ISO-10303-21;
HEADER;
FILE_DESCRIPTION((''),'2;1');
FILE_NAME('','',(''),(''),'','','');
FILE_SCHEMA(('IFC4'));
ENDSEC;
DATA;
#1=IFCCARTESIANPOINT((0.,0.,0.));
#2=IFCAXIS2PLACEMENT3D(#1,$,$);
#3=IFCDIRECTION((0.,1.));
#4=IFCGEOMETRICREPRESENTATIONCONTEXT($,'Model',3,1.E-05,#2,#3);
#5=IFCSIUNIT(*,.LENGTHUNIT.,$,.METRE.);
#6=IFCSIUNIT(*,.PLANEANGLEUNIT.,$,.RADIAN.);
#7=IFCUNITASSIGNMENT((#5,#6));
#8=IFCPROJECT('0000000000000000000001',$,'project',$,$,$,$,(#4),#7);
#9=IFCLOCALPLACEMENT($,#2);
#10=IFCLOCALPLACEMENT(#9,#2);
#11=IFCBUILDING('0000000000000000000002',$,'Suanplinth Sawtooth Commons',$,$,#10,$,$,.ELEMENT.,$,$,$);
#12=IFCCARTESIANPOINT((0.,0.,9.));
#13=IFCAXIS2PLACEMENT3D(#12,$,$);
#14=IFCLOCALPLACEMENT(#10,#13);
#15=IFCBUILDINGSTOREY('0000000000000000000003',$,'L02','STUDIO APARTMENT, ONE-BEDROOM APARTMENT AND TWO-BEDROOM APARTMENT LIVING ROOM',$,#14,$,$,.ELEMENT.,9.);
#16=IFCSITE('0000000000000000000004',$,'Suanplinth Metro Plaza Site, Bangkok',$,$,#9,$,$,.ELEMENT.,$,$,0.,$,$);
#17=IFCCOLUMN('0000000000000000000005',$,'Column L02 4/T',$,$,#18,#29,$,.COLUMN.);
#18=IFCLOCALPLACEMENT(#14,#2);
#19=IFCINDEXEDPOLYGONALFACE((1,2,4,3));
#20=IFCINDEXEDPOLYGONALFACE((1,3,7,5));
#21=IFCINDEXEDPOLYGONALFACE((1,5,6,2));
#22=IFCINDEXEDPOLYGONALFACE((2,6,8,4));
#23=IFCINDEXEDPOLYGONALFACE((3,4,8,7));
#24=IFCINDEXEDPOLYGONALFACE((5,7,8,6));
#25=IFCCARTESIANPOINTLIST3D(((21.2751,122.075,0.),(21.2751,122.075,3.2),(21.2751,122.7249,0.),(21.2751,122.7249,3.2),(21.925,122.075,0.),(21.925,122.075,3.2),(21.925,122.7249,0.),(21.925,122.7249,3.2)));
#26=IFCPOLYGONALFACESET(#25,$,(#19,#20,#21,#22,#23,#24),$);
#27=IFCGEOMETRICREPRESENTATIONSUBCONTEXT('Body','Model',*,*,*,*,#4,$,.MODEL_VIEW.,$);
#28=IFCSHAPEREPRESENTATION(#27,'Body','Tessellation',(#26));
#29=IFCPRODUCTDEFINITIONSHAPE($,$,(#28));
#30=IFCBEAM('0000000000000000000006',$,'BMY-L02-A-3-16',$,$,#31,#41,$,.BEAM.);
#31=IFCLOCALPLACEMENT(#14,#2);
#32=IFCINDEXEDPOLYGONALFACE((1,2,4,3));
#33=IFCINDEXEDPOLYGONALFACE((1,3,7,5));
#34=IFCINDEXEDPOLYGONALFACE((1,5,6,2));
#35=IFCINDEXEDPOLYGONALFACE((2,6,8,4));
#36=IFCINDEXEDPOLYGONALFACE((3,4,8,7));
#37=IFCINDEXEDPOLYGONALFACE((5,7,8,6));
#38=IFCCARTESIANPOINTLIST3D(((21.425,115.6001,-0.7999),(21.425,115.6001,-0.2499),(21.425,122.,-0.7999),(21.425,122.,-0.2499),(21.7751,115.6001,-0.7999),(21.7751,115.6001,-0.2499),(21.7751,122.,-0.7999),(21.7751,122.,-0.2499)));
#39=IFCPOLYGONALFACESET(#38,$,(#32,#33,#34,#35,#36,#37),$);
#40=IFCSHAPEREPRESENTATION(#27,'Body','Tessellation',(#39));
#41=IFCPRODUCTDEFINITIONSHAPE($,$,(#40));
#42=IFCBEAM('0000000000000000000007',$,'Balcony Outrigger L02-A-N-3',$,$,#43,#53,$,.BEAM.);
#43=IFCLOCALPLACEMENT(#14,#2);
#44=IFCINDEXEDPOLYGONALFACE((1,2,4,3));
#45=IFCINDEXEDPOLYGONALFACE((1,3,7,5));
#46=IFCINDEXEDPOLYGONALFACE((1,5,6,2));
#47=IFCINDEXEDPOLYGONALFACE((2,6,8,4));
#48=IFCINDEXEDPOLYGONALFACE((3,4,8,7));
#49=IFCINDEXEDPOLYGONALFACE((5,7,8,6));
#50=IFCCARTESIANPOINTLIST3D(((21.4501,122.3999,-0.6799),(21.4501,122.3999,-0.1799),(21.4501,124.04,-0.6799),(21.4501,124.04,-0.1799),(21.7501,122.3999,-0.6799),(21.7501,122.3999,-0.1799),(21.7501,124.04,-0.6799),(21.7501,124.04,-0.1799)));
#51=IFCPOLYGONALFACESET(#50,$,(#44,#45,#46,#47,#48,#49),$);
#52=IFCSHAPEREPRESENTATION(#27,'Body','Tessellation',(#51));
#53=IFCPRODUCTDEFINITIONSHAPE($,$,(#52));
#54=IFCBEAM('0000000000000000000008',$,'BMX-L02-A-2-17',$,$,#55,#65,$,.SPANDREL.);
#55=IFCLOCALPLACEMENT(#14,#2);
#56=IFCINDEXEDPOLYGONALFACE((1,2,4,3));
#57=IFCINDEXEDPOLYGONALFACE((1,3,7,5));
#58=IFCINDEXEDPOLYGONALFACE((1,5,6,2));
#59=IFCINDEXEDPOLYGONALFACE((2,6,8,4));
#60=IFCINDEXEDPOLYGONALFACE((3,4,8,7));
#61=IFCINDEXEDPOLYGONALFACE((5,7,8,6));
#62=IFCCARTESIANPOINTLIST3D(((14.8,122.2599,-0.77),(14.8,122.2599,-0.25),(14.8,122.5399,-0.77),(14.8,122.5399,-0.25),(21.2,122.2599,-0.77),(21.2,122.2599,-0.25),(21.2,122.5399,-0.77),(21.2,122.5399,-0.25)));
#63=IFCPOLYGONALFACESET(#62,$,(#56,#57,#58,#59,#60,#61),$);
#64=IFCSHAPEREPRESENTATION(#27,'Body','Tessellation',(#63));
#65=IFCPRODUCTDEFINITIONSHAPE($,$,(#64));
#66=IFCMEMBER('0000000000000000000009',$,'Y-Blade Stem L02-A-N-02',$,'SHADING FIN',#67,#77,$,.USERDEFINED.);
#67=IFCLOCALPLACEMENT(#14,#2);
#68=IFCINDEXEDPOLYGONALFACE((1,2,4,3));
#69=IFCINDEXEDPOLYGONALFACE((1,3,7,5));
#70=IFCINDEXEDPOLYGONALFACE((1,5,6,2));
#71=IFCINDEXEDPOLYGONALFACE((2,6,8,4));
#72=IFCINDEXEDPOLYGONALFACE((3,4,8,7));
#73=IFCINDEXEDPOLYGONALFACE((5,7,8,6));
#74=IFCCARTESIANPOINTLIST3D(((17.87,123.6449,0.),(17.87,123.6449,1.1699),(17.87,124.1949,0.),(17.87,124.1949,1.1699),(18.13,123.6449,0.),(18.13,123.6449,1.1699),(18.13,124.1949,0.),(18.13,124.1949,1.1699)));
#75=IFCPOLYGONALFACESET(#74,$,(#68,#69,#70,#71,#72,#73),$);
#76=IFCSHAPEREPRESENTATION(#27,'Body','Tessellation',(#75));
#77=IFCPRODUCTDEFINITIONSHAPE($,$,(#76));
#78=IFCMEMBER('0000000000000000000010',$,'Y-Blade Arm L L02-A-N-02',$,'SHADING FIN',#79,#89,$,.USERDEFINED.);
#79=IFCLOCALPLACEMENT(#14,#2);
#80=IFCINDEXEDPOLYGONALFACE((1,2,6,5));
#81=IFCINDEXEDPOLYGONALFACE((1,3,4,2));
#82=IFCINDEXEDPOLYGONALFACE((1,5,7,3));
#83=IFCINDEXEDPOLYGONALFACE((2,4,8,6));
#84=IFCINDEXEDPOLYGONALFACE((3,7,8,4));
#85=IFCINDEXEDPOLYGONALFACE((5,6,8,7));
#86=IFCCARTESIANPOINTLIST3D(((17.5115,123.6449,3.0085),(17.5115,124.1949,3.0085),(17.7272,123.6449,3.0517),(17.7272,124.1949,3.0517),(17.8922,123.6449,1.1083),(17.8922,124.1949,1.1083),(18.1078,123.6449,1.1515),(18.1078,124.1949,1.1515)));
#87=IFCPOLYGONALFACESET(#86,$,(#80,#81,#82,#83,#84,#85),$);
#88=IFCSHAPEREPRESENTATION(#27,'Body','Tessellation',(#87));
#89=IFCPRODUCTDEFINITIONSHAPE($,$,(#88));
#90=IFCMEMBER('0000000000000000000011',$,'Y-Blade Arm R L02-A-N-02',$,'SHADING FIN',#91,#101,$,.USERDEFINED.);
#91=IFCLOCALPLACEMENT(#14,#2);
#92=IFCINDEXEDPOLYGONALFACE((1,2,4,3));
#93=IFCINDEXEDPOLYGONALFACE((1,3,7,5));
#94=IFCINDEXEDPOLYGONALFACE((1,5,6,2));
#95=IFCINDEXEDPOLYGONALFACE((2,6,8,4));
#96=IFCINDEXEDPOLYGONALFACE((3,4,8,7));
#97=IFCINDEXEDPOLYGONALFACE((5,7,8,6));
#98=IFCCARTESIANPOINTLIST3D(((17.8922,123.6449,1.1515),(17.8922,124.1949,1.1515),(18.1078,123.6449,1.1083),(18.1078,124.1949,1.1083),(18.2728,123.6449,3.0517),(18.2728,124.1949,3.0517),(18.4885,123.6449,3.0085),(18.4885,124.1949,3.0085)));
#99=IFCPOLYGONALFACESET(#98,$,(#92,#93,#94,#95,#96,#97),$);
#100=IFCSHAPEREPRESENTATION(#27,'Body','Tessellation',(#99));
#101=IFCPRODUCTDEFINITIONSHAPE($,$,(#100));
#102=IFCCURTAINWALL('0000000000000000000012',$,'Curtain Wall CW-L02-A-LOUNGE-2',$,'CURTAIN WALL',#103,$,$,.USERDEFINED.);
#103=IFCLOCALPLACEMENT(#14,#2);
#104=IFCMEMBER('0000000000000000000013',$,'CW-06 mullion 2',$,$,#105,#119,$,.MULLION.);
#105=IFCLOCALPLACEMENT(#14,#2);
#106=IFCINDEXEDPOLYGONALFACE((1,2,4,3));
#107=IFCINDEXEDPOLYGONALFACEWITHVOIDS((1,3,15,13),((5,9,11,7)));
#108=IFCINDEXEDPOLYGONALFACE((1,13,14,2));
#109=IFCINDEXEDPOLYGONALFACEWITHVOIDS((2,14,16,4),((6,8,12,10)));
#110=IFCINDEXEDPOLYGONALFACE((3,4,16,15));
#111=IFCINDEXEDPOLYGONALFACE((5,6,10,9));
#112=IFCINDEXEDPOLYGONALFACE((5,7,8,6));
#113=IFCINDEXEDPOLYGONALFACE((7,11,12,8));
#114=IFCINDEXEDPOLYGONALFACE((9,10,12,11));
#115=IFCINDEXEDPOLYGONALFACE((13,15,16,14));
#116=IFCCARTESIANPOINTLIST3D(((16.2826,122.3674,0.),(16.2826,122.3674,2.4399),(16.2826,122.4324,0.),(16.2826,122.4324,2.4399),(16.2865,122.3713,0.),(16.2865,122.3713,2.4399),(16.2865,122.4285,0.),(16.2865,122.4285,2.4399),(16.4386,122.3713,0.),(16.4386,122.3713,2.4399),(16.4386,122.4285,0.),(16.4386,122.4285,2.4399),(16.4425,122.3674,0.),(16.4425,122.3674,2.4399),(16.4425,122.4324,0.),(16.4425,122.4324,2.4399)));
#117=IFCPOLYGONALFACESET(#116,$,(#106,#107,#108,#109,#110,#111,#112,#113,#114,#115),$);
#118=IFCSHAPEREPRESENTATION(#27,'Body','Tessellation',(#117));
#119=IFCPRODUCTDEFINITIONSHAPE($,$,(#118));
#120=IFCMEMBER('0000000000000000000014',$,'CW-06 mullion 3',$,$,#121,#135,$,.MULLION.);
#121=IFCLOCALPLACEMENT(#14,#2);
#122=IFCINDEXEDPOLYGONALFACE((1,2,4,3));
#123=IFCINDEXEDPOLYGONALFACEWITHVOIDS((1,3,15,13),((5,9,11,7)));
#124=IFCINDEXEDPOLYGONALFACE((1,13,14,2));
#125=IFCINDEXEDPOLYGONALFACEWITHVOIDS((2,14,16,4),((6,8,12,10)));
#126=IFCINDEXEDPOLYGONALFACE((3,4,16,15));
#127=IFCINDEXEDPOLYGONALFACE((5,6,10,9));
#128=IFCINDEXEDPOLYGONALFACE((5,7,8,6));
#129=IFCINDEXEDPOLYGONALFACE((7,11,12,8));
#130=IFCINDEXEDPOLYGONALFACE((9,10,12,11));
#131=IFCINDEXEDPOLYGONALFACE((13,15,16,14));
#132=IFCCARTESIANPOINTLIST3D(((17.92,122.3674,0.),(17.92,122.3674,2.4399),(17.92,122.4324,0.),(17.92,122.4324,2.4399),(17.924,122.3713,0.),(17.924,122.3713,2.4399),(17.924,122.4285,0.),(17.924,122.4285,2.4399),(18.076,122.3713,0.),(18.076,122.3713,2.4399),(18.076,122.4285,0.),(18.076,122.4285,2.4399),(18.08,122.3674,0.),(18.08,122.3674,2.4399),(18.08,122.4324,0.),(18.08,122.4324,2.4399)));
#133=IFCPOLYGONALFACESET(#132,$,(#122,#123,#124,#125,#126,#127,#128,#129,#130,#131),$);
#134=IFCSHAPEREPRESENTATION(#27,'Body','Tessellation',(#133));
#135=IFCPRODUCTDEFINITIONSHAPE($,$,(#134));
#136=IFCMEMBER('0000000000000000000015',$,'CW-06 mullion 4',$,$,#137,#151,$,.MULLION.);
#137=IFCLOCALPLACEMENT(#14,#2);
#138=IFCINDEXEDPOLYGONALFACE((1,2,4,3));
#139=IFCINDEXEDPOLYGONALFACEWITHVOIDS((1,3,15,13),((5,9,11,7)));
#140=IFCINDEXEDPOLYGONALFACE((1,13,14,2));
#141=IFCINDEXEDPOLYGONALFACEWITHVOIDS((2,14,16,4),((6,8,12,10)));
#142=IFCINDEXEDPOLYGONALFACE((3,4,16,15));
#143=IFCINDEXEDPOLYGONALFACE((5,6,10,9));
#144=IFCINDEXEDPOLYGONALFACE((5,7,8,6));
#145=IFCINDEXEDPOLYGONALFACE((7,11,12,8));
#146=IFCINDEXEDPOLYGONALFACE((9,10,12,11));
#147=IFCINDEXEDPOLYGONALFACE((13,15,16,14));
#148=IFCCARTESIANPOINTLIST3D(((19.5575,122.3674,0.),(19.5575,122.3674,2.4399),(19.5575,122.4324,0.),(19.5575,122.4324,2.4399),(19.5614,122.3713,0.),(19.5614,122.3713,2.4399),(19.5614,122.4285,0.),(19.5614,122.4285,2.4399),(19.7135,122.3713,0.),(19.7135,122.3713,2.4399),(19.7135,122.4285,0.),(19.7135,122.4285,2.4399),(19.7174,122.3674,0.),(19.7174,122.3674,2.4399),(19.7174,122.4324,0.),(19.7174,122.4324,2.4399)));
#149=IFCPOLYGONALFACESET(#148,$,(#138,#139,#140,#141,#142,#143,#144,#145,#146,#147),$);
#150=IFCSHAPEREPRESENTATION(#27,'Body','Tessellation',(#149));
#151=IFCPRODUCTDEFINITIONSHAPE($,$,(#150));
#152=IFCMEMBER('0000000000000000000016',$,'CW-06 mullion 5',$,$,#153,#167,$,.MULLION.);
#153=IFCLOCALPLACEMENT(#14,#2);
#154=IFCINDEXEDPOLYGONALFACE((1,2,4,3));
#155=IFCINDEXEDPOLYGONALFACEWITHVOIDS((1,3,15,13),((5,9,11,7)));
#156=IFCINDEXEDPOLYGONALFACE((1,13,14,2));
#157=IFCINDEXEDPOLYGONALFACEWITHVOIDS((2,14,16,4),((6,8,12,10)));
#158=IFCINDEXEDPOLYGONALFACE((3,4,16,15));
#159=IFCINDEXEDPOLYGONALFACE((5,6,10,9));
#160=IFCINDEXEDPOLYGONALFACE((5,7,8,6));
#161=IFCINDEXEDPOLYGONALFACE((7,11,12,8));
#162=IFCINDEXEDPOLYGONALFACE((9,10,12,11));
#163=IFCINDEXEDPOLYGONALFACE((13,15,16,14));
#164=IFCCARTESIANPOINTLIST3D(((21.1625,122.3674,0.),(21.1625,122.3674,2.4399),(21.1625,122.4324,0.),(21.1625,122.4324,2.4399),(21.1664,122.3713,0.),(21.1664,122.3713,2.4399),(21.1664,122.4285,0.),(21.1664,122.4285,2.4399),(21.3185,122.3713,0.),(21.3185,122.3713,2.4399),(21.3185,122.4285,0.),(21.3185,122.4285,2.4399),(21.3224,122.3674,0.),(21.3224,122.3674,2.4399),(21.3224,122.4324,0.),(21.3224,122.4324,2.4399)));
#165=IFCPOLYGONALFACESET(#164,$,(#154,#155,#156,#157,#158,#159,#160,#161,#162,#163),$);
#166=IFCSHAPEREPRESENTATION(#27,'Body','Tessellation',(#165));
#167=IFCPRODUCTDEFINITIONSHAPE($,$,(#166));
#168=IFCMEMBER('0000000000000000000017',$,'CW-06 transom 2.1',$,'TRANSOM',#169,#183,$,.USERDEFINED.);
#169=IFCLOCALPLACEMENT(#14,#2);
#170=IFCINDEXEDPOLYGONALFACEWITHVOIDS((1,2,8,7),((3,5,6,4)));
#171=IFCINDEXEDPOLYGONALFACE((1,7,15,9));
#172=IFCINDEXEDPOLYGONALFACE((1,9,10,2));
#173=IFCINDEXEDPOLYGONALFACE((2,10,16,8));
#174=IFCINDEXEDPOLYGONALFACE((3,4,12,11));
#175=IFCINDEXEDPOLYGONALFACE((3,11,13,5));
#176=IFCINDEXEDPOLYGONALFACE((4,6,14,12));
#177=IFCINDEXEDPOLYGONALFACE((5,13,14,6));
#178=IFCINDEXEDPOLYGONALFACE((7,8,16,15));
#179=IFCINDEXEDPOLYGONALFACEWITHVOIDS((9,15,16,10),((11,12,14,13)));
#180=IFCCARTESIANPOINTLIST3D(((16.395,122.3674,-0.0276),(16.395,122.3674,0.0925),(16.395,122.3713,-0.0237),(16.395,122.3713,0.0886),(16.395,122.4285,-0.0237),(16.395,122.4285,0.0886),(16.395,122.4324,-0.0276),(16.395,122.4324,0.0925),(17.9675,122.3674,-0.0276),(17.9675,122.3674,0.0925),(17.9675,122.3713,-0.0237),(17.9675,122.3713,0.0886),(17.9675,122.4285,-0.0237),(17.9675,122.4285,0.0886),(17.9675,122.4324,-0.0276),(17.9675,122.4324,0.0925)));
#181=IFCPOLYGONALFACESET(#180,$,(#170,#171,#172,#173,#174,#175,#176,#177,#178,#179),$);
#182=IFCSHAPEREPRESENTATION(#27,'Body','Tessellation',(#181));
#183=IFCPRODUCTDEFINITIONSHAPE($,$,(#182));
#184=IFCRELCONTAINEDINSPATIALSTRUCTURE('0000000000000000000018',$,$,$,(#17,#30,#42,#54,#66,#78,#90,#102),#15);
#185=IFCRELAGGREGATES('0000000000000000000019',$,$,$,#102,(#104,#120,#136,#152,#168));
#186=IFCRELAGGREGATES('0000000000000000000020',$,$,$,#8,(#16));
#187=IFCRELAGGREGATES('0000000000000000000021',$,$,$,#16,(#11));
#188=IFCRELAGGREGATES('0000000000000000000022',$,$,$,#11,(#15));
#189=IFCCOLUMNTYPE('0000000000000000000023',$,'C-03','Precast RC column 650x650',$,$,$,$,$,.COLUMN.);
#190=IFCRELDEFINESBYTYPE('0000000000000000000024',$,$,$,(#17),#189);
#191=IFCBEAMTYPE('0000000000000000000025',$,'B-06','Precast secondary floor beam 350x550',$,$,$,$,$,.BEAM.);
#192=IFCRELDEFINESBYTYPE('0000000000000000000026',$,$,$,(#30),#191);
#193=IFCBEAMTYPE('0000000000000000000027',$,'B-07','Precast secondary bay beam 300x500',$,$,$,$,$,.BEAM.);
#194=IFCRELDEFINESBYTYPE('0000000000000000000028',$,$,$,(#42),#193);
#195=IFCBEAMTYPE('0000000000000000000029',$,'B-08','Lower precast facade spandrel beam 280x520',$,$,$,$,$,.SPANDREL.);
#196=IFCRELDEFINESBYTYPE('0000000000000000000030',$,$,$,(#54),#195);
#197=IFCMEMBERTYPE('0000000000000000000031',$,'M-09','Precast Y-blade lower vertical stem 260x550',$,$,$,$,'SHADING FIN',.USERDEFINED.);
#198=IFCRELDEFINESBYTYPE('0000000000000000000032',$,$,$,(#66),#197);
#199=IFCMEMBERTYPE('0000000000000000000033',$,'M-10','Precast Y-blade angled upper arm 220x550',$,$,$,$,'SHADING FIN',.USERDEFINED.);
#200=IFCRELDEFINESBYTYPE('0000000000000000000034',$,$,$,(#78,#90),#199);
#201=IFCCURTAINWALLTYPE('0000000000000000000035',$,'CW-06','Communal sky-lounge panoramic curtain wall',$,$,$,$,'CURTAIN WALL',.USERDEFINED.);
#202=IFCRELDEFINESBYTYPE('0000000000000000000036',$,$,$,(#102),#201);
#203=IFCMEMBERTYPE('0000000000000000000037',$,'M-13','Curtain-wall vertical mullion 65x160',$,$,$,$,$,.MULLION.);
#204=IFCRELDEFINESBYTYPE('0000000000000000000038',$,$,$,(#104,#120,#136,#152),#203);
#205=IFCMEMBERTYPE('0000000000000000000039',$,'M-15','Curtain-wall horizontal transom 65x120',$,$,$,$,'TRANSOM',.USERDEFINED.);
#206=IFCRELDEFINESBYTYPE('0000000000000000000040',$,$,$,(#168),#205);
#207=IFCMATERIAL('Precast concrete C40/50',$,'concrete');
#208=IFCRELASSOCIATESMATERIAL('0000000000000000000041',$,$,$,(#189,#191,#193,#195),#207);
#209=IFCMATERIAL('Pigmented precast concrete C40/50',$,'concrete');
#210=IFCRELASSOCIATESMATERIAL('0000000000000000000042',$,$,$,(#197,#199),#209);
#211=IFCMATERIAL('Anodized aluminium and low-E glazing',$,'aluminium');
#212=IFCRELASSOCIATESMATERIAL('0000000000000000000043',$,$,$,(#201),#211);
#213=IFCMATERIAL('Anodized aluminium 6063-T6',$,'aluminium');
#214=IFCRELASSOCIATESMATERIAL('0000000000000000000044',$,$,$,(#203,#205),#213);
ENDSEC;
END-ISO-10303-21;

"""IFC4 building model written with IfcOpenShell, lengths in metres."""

from ifc_helpers import new_model, si_unit, direction, frame, origin, origin_2d, place, context, subcontext, project, spatial, rectangle, hollow_rectangle, extrude, material, material_profile, profile_set, type_object, element, aggregate, save


model = new_model("IFC4")

# Units and contexts
model_context = context("Model", 3, precision=1e-05, world=origin(), true_north=direction((0.0, 1.0)))
body_context = subcontext(model_context, "Body", "Model", "MODEL_VIEW")
ifc_project = project(units=[si_unit("LENGTHUNIT", "METRE"), si_unit("PLANEANGLEUNIT", "RADIAN")], contexts=[model_context])

# Site, building, storey
site_placement = place(None, origin())
site = spatial("IfcSite", under=ifc_project, at=site_placement, Name="Suanplinth Metro Plaza Site, Bangkok", CompositionType="ELEMENT", RefElevation=0.0)
building_placement = place(site_placement, origin())
building = spatial("IfcBuilding", under=site, at=building_placement, Name="Suanplinth Sawtooth Commons", CompositionType="ELEMENT")
storey_placement = place(building_placement, frame((0.0, 0.0, 9.0)))
storey = spatial("IfcBuildingStorey", under=building, at=storey_placement, Name="L02", Description="STUDIO APARTMENT, ONE-BEDROOM APARTMENT AND TWO-BEDROOM APARTMENT LIVING ROOM", CompositionType="ELEMENT", Elevation=9.0)

# Column
ifc_material_1 = material(Name="Precast concrete C40/50", Category="concrete")
ifc_material_profile_1 = material_profile(ifc_material_1, rectangle(XDim=0.6499, YDim=0.6499, at=origin_2d()), Name="PC-COL 650x650")
ifc_profile_set_1 = profile_set([ifc_material_profile_1], Name="Precast concrete C40/50")
column_type = type_object("IfcColumnType", Name="C-03", Description="Precast RC column 650x650", PredefinedType="COLUMN", material=ifc_profile_set_1)
column_placement = place(storey_placement, frame((21.6001, 122.3999, 0.0), z_axis=(0.0, 0.0, 1.0), x_axis=(1.0, 0.0, 0.0)))
element("IfcColumn", 1, at=column_placement, inside=storey, type_object=column_type, Name="Column L02 4/T", PredefinedType="COLUMN", context=body_context, shape_type="SweptSolid", body=[
    extrude(rectangle(XDim=0.6499, YDim=0.6499, at=origin_2d()), origin(), (0.0, 0.0, 1.0), 3.2),
])

# Beams
ifc_material_profile_2 = material_profile(ifc_material_1, rectangle(XDim=0.3501, YDim=0.55, at=origin_2d()), Name="PC-BM 350x550")
ifc_profile_set_2 = profile_set([ifc_material_profile_2], Name="Precast concrete C40/50")
beam_type_1 = type_object("IfcBeamType", Name="B-06", Description="Precast secondary floor beam 350x550", PredefinedType="BEAM", material=ifc_profile_set_2)
beam_1_placement = place(storey_placement, frame((21.6001, 115.6001, -0.5249), z_axis=(0.0, 1.0, 0.0), x_axis=(-1.0, 0.0, 0.0)))
element("IfcBeam", 2, at=beam_1_placement, inside=storey, type_object=beam_type_1, Name="BMY-L02-A-3-16", PredefinedType="BEAM", context=body_context, shape_type="SweptSolid", body=[
    extrude(rectangle(XDim=0.3501, YDim=0.55, at=origin_2d()), origin(), (0.0, 0.0, 1.0), 6.3999),
])
ifc_material_profile_3 = material_profile(ifc_material_1, rectangle(XDim=0.3, YDim=0.5, at=origin_2d()), Name="PC-BM 300x500")
ifc_profile_set_3 = profile_set([ifc_material_profile_3], Name="Precast concrete C40/50")
beam_type_2 = type_object("IfcBeamType", Name="B-07", Description="Precast secondary bay beam 300x500", PredefinedType="BEAM", material=ifc_profile_set_3)
beam_2_placement = place(storey_placement, frame((21.6001, 122.3999, -0.4299), z_axis=(0.0, 1.0, 0.0), x_axis=(-1.0, 0.0, 0.0)))
element("IfcBeam", 3, at=beam_2_placement, inside=storey, type_object=beam_type_2, Name="Balcony Outrigger L02-A-N-3", PredefinedType="BEAM", context=body_context, shape_type="SweptSolid", body=[
    extrude(rectangle(XDim=0.3, YDim=0.5, at=origin_2d()), origin(), (0.0, 0.0, 1.0), 1.6401),
])
ifc_material_profile_4 = material_profile(ifc_material_1, rectangle(XDim=0.28, YDim=0.52, at=origin_2d()), Name="PC-SP 280x520")
ifc_profile_set_4 = profile_set([ifc_material_profile_4], Name="Precast concrete C40/50")
beam_type_3 = type_object("IfcBeamType", Name="B-08", Description="Lower precast facade spandrel beam 280x520", PredefinedType="SPANDREL", material=ifc_profile_set_4)
beam_3_placement = place(storey_placement, frame((14.8, 122.3999, -0.51), z_axis=(1.0, 0.0, 0.0), x_axis=(0.0, 1.0, 0.0)))
element("IfcBeam", 4, at=beam_3_placement, inside=storey, type_object=beam_type_3, Name="BMX-L02-A-2-17", PredefinedType="SPANDREL", context=body_context, shape_type="SweptSolid", body=[
    extrude(rectangle(XDim=0.28, YDim=0.52, at=origin_2d()), origin(), (0.0, 0.0, 1.0), 6.3999),
])

# Members
ifc_material_2 = material(Name="Pigmented precast concrete C40/50", Category="concrete")
ifc_material_profile_5 = material_profile(ifc_material_2, rectangle(XDim=0.26, YDim=0.55, at=origin_2d()), Name="PC-FIN 260x550")
ifc_profile_set_5 = profile_set([ifc_material_profile_5], Name="Pigmented precast concrete C40/50")
member_type_1 = type_object("IfcMemberType", Name="M-09", Description="Precast Y-blade lower vertical stem 260x550", ElementType="SHADING FIN", PredefinedType="USERDEFINED", material=ifc_profile_set_5)
member_1_placement = place(storey_placement, frame((18.0, 123.9199, 0.0), z_axis=(0.0, 0.0, 1.0), x_axis=(1.0, 0.0, 0.0)))
element("IfcMember", 5, at=member_1_placement, inside=storey, type_object=member_type_1, Name="Y-Blade Stem L02-A-N-02", ObjectType="SHADING FIN", PredefinedType="USERDEFINED", context=body_context, shape_type="SweptSolid", body=[
    extrude(rectangle(XDim=0.26, YDim=0.55, at=origin_2d()), origin(), (0.0, 0.0, 1.0), 1.1699),
])
ifc_material_profile_6 = material_profile(ifc_material_2, rectangle(XDim=0.22, YDim=0.55, at=origin_2d()), Name="PC-FIN 220x550")
ifc_profile_set_6 = profile_set([ifc_material_profile_6], Name="Pigmented precast concrete C40/50")
member_type_2 = type_object("IfcMemberType", Name="M-10", Description="Precast Y-blade angled upper arm 220x550", ElementType="SHADING FIN", PredefinedType="USERDEFINED", material=ifc_profile_set_6)
for number, where, z_axis, x_axis, name in (
    (6, (18.0, 123.9199, 1.1299), (-0.196407, 0.0, 0.980522), (0.980522, 0.0, 0.196407), "Y-Blade Arm L L02-A-N-02"),
    (7, (18.0, 123.9199, 1.1299), (0.196407, 0.0, 0.980522), (-0.980522, 0.0, 0.196407), "Y-Blade Arm R L02-A-N-02"),
):
    element("IfcMember", number, at=place(storey_placement, frame(where, z_axis=z_axis, x_axis=x_axis)), inside=storey, type_object=member_type_2, Name=name, ObjectType="SHADING FIN", PredefinedType="USERDEFINED", context=body_context, shape_type="SweptSolid", body=[
        extrude(rectangle(XDim=0.22, YDim=0.55, at=origin_2d()), origin(), (0.0, 0.0, 1.0), 1.938),
    ])

# Curtain wall, members
ifc_material_3 = material(Name="Anodized aluminium and low-E glazing", Category="aluminium")
curtain_wall_type = type_object("IfcCurtainWallType", Name="CW-06", Description="Communal sky-lounge panoramic curtain wall", ElementType="CURTAIN WALL", PredefinedType="USERDEFINED", material=ifc_material_3)
curtain_wall_placement = place(storey_placement, origin())
curtain_wall = element("IfcCurtainWall", 8, at=curtain_wall_placement, inside=storey, type_object=curtain_wall_type, Name="Curtain Wall CW-L02-A-LOUNGE-2", ObjectType="CURTAIN WALL", PredefinedType="USERDEFINED")
ifc_material_4 = material(Name="Anodized aluminium 6063-T6", Category="aluminium")
ifc_material_profile_7 = material_profile(ifc_material_4, hollow_rectangle(XDim=0.0649, YDim=0.1599, WallThickness=0.0039, at=origin_2d()), Name="ALU-MUL 65x160")
ifc_profile_set_7 = profile_set([ifc_material_profile_7], Name="Anodized aluminium 6063-T6")
member_type_3 = type_object("IfcMemberType", Name="M-13", Description="Curtain-wall vertical mullion 65x160", PredefinedType="MULLION", material=ifc_profile_set_7)
member_2_placement = place(storey_placement, frame((16.3625, 122.3999, 0.0), z_axis=(0.0, 0.0, 1.0), x_axis=(0.0, 1.0, 0.0)))
member_2 = element("IfcMember", 9, at=member_2_placement, type_object=member_type_3, Name="CW-06 mullion 2", PredefinedType="MULLION", context=body_context, shape_type="SweptSolid", body=[
    extrude(hollow_rectangle(XDim=0.0649, YDim=0.1599, WallThickness=0.0039, at=origin_2d()), origin(), (0.0, 0.0, 1.0), 2.4399),
])
member_3_placement = place(storey_placement, frame((18.0, 122.3999, 0.0), z_axis=(0.0, 0.0, 1.0), x_axis=(0.0, 1.0, 0.0)))
member_3 = element("IfcMember", 10, at=member_3_placement, type_object=member_type_3, Name="CW-06 mullion 3", PredefinedType="MULLION", context=body_context, shape_type="SweptSolid", body=[
    extrude(hollow_rectangle(XDim=0.0649, YDim=0.1599, WallThickness=0.0039, at=origin_2d()), origin(), (0.0, 0.0, 1.0), 2.4399),
])
member_4_placement = place(storey_placement, frame((19.6375, 122.3999, 0.0), z_axis=(0.0, 0.0, 1.0), x_axis=(0.0, 1.0, 0.0)))
member_4 = element("IfcMember", 11, at=member_4_placement, type_object=member_type_3, Name="CW-06 mullion 4", PredefinedType="MULLION", context=body_context, shape_type="SweptSolid", body=[
    extrude(hollow_rectangle(XDim=0.0649, YDim=0.1599, WallThickness=0.0039, at=origin_2d()), origin(), (0.0, 0.0, 1.0), 2.4399),
])
member_5_placement = place(storey_placement, frame((21.2424, 122.3999, 0.0), z_axis=(0.0, 0.0, 1.0), x_axis=(0.0, 1.0, 0.0)))
member_5 = element("IfcMember", 12, at=member_5_placement, type_object=member_type_3, Name="CW-06 mullion 5", PredefinedType="MULLION", context=body_context, shape_type="SweptSolid", body=[
    extrude(hollow_rectangle(XDim=0.0649, YDim=0.1599, WallThickness=0.0039, at=origin_2d()), origin(), (0.0, 0.0, 1.0), 2.4399),
])
ifc_material_profile_8 = material_profile(ifc_material_4, hollow_rectangle(XDim=0.0649, YDim=0.1201, WallThickness=0.0039, at=origin_2d()), Name="ALU-TRN 65x120")
ifc_profile_set_8 = profile_set([ifc_material_profile_8], Name="Anodized aluminium 6063-T6")
member_type_4 = type_object("IfcMemberType", Name="M-15", Description="Curtain-wall horizontal transom 65x120", ElementType="TRANSOM", PredefinedType="USERDEFINED", material=ifc_profile_set_8)
member_6_placement = place(storey_placement, frame((16.395, 122.3999, 0.0325), z_axis=(1.0, 0.0, 0.0), x_axis=(0.0, 1.0, 0.0)))
member_6 = element("IfcMember", 13, at=member_6_placement, type_object=member_type_4, Name="CW-06 transom 2.1", ObjectType="TRANSOM", PredefinedType="USERDEFINED", context=body_context, shape_type="SweptSolid", body=[
    extrude(hollow_rectangle(XDim=0.0649, YDim=0.1201, WallThickness=0.0039, at=origin_2d()), origin(), (0.0, 0.0, 1.0), 1.5725),
])

aggregate(curtain_wall, [member_2, member_3, member_4, member_5, member_6])

save(model, "model.ifc")
